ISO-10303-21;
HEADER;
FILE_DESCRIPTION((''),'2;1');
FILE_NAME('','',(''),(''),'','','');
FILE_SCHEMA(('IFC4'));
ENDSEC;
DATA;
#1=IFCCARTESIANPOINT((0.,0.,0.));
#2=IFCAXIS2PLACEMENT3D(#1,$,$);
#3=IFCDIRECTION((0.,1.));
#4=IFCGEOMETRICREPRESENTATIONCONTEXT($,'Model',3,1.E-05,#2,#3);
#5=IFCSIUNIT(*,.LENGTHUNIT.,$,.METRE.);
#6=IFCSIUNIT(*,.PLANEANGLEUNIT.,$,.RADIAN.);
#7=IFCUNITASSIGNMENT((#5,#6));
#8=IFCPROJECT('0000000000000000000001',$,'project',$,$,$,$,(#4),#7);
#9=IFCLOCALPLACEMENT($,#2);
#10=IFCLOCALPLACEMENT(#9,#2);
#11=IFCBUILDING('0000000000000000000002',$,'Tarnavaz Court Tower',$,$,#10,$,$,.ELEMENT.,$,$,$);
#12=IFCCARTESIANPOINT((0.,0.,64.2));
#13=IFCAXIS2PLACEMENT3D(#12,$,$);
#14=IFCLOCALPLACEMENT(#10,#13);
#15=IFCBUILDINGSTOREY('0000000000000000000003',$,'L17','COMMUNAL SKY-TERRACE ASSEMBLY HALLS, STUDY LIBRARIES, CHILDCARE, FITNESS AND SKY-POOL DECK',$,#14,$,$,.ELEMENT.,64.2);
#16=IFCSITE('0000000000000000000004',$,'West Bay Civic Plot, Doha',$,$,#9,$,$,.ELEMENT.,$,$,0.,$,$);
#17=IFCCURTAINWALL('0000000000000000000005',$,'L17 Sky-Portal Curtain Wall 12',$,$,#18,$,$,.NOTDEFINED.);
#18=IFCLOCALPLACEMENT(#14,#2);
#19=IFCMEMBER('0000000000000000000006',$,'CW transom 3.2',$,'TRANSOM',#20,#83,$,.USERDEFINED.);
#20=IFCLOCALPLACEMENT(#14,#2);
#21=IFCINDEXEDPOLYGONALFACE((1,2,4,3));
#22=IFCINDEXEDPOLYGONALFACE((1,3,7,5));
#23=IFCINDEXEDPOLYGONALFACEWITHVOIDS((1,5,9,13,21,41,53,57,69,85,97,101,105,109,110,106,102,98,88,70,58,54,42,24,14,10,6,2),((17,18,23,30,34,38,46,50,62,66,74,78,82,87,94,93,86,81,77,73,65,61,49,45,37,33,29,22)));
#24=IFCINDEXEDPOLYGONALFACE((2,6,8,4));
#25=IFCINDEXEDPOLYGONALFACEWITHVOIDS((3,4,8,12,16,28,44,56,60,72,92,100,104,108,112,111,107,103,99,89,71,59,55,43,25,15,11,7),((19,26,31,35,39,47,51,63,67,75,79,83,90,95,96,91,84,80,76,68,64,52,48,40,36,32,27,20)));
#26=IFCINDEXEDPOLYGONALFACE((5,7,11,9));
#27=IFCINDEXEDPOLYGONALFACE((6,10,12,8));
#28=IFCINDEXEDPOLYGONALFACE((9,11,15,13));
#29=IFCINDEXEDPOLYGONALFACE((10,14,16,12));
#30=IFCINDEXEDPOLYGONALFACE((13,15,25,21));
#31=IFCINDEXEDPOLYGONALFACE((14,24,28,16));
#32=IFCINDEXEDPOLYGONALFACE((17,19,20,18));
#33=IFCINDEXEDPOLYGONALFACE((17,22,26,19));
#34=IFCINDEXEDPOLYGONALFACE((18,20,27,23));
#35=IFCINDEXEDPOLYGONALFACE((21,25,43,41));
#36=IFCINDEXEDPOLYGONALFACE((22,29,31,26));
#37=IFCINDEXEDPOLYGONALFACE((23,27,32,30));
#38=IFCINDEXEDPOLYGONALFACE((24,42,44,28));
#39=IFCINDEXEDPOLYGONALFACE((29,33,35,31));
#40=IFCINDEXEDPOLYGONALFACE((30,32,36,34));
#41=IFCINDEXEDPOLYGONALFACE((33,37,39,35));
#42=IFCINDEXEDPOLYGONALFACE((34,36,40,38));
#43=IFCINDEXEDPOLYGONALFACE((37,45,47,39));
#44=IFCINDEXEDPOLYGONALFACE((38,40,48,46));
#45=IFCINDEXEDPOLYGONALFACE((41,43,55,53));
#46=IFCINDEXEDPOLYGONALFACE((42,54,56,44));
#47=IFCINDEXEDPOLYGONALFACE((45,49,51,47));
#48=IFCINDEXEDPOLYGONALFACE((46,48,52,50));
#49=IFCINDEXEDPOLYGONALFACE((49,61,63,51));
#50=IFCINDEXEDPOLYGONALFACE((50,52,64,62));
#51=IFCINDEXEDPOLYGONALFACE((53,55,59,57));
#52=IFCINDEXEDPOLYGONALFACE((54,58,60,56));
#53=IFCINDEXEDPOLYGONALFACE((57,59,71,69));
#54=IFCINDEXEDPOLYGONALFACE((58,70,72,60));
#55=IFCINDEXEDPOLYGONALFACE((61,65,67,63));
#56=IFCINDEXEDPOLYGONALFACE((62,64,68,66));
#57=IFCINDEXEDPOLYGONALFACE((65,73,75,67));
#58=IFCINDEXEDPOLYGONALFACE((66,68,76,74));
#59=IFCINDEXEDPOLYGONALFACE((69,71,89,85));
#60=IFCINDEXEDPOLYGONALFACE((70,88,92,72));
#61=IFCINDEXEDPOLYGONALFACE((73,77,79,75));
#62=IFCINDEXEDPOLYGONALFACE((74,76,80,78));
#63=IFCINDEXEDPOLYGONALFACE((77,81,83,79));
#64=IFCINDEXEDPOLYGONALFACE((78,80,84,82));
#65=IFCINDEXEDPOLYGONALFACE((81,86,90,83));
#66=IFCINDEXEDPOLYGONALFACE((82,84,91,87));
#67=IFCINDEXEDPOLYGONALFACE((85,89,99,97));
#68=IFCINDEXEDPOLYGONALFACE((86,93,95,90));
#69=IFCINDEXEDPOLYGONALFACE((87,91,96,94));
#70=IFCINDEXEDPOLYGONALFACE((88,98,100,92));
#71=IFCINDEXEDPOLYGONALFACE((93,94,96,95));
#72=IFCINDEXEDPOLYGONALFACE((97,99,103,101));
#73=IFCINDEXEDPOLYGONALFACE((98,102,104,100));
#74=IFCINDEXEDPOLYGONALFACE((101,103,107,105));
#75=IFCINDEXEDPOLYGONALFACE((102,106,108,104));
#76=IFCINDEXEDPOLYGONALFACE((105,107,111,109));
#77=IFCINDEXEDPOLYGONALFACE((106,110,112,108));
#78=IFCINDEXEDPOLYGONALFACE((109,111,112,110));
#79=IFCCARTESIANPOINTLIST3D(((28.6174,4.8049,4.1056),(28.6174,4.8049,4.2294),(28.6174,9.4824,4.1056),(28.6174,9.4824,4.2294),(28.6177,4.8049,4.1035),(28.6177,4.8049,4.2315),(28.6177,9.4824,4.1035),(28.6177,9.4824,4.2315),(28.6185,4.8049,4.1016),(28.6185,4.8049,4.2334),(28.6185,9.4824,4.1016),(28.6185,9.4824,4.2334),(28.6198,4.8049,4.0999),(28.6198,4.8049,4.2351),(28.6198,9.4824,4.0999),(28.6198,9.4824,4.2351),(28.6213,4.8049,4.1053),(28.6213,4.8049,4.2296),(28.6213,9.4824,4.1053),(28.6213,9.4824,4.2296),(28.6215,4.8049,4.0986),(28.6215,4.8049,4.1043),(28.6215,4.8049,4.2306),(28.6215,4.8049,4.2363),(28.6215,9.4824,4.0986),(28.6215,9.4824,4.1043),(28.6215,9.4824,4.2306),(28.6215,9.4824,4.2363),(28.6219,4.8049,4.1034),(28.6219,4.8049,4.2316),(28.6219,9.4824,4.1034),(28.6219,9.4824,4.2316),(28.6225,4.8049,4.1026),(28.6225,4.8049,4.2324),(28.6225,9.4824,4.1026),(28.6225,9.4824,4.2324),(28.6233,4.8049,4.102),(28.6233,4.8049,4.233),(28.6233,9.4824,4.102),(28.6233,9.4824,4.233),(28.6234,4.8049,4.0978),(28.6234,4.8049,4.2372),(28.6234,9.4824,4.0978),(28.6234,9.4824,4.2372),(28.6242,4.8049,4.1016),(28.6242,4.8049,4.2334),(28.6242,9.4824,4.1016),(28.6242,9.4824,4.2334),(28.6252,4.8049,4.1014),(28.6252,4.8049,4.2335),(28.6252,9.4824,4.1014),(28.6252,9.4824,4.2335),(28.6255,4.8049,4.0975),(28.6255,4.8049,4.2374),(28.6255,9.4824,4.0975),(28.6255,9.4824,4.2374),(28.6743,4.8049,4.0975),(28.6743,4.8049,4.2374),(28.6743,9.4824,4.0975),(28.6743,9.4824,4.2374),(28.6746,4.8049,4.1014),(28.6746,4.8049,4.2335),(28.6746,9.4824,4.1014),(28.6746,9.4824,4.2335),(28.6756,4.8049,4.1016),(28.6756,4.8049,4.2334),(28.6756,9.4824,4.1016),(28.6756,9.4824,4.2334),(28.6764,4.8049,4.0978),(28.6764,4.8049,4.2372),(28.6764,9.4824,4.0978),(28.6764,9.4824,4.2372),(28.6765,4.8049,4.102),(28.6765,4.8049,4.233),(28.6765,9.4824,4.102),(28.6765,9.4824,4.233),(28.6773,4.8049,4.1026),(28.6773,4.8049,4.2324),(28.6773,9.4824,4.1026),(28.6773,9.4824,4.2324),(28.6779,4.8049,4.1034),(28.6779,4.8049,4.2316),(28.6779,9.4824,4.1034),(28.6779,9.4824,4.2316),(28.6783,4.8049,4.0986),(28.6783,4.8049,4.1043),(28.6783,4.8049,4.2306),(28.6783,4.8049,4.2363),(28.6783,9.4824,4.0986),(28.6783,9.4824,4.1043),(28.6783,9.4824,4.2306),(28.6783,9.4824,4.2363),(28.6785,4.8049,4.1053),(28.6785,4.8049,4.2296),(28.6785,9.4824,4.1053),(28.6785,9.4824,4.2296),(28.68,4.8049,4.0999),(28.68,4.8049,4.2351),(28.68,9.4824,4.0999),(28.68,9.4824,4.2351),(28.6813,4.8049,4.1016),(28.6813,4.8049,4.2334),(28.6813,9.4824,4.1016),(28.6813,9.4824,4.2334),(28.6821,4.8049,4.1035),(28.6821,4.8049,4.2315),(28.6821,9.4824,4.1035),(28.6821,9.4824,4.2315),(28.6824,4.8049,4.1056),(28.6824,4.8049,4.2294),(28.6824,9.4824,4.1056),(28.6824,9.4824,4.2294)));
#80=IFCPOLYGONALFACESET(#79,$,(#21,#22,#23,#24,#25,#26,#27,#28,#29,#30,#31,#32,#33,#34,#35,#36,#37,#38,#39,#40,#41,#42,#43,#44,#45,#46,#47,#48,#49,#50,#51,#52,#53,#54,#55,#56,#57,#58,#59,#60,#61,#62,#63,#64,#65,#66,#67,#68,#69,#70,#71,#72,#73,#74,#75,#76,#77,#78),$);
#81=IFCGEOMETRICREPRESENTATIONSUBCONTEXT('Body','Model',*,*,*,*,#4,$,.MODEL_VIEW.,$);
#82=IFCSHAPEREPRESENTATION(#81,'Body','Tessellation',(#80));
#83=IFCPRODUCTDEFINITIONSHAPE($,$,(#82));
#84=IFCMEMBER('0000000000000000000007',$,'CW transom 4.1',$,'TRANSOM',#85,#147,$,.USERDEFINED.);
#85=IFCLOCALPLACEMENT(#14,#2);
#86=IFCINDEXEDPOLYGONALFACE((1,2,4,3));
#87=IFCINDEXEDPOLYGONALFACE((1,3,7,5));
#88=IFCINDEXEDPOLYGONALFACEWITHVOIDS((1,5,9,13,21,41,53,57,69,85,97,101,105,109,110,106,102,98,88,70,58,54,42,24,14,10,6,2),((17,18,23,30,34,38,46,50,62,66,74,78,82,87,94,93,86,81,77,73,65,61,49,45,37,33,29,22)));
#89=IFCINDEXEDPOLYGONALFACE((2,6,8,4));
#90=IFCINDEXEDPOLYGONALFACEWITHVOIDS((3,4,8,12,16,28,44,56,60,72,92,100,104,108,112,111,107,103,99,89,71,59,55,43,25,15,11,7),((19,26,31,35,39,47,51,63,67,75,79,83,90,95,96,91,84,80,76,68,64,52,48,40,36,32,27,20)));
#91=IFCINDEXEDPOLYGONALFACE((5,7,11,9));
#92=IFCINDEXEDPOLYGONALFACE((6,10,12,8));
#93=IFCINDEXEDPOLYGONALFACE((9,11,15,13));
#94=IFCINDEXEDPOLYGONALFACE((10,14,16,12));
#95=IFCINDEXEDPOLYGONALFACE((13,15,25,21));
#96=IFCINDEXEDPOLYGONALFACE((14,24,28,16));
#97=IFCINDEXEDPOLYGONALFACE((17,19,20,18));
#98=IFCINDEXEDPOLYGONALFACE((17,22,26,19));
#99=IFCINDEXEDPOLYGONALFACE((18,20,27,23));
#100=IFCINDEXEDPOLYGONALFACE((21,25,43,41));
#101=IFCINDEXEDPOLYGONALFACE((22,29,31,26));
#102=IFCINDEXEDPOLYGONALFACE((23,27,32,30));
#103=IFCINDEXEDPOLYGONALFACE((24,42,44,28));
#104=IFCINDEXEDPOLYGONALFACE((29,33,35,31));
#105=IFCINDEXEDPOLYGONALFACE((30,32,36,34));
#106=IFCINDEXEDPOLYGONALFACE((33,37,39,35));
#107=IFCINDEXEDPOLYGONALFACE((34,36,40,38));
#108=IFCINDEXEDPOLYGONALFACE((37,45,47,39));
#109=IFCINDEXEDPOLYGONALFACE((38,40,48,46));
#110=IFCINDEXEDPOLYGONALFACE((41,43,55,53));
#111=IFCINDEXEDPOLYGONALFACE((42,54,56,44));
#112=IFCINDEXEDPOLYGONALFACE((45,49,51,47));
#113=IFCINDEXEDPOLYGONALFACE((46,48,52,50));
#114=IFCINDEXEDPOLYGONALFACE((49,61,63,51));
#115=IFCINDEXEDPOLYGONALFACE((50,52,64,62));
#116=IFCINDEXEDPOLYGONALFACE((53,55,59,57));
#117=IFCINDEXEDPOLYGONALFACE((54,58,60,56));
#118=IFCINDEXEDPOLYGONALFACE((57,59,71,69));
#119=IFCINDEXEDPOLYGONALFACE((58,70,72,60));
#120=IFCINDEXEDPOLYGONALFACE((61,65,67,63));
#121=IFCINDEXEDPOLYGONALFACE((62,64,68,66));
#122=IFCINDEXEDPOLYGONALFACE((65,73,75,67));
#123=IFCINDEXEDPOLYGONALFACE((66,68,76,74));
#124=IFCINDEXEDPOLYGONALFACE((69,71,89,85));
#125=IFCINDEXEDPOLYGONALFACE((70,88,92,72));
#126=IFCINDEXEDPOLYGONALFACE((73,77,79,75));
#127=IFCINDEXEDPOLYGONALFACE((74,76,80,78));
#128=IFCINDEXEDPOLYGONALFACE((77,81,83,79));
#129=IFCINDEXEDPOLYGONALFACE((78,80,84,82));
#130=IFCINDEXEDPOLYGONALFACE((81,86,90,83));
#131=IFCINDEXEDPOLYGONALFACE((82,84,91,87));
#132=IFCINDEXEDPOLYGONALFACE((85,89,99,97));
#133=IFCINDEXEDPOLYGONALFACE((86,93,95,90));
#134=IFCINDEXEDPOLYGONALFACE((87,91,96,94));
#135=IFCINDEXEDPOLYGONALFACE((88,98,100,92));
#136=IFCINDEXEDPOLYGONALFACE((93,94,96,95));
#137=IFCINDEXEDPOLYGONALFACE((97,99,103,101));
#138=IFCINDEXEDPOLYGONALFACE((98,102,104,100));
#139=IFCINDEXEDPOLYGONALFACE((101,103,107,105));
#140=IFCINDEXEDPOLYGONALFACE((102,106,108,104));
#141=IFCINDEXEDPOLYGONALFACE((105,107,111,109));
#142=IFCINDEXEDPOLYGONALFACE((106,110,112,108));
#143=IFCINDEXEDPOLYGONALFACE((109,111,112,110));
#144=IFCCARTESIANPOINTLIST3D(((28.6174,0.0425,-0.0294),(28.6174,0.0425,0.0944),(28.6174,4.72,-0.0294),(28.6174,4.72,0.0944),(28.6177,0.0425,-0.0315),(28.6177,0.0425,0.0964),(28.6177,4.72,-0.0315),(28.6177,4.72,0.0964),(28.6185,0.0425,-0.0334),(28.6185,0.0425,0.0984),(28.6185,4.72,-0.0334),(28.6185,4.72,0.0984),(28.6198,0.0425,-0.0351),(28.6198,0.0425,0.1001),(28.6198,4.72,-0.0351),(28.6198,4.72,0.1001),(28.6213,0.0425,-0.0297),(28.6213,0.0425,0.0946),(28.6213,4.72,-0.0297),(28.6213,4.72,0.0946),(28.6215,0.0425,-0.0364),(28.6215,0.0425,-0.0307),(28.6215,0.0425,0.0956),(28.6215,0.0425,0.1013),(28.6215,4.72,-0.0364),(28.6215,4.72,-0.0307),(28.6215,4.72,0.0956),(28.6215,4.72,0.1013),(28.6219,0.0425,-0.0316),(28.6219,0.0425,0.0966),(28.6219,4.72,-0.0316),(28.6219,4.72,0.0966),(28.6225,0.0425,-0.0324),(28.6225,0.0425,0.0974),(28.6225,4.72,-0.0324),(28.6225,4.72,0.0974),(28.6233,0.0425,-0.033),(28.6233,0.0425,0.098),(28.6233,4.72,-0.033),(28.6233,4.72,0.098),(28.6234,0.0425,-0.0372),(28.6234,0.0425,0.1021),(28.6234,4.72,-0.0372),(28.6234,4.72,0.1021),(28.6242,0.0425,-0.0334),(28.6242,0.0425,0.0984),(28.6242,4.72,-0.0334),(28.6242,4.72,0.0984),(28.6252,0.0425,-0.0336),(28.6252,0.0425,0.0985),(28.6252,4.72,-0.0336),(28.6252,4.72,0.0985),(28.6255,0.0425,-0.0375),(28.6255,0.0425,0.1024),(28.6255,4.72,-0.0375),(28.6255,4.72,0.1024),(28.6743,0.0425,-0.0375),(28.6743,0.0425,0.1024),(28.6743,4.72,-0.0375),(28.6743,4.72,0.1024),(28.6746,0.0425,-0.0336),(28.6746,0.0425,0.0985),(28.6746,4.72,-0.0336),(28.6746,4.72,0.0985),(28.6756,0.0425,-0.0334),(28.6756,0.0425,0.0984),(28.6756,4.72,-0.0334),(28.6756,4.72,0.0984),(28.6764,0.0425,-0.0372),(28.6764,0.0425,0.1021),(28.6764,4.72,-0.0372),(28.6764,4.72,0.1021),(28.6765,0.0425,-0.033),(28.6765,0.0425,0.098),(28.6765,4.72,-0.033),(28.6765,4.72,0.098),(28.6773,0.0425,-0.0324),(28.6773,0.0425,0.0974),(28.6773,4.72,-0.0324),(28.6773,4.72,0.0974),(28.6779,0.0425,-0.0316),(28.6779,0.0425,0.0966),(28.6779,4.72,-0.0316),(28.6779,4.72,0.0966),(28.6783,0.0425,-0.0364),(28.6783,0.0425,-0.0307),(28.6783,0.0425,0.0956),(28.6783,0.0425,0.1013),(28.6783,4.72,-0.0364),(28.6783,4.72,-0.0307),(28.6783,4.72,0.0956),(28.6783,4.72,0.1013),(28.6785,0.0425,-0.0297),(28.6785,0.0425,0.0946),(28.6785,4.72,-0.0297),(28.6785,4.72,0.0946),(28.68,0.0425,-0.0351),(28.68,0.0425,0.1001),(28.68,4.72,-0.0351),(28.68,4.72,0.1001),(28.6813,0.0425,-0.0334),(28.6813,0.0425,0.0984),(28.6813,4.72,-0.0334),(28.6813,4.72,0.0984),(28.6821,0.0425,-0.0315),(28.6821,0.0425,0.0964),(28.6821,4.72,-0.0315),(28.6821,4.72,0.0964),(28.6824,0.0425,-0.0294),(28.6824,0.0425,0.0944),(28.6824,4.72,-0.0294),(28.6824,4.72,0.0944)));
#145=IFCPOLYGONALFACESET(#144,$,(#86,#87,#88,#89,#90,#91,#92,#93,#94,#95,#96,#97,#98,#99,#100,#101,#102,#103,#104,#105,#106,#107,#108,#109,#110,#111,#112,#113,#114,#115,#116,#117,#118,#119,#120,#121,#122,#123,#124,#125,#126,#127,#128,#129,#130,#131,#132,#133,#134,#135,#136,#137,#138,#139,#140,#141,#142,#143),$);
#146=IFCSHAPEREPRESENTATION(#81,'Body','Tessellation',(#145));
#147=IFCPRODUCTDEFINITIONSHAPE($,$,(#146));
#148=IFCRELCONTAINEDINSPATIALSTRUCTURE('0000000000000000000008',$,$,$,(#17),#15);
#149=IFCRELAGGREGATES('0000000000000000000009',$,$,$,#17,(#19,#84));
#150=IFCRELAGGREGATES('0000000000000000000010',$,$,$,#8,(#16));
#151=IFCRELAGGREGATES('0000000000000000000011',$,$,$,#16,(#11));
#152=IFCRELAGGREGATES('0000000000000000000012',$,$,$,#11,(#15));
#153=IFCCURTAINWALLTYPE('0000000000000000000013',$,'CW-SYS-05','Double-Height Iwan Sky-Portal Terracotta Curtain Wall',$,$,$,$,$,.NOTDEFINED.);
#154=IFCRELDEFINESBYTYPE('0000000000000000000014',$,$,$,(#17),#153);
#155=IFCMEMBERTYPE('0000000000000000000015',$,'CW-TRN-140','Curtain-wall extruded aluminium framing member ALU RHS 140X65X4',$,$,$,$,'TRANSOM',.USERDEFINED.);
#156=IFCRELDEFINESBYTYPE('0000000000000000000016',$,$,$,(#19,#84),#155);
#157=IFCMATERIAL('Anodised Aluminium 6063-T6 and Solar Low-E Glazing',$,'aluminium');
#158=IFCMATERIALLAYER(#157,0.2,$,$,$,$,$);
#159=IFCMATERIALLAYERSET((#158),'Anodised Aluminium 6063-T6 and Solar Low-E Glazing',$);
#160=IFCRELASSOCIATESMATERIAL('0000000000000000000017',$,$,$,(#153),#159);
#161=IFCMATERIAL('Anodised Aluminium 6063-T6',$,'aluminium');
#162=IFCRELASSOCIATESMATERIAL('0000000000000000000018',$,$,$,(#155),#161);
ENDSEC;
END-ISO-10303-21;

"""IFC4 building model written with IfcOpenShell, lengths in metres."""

from ifc_helpers import new_model, si_unit, direction, frame, origin, origin_2d, place, context, subcontext, project, spatial, hollow_rectangle, extrude, material, layer, layer_set, material_profile, profile_set, type_object, element, aggregate, save


model = new_model("IFC4")

# Units and contexts
model_context = context("Model", 3, precision=1e-05, world=origin(), true_north=direction((0.0, 1.0)))
body_context = subcontext(model_context, "Body", "Model", "MODEL_VIEW")
ifc_project = project(units=[si_unit("LENGTHUNIT", "METRE"), si_unit("PLANEANGLEUNIT", "RADIAN")], contexts=[model_context])

# Site, building, storey
site_placement = place(None, origin())
site = spatial("IfcSite", under=ifc_project, at=site_placement, Name="West Bay Civic Plot, Doha", CompositionType="ELEMENT", RefElevation=0.0)
building_placement = place(site_placement, origin())
building = spatial("IfcBuilding", under=site, at=building_placement, Name="Tarnavaz Court Tower", CompositionType="ELEMENT")
storey_placement = place(building_placement, frame((0.0, 0.0, 64.2)))
storey = spatial("IfcBuildingStorey", under=building, at=storey_placement, Name="L17", Description="COMMUNAL SKY-TERRACE ASSEMBLY HALLS, STUDY LIBRARIES, CHILDCARE, FITNESS AND SKY-POOL DECK", CompositionType="ELEMENT", Elevation=64.2)

# Curtain wall, members
ifc_material_1 = material(Name="Anodised Aluminium 6063-T6 and Solar Low-E Glazing", Category="aluminium")
ifc_layer_1 = layer(ifc_material_1, 0.2)
ifc_layer_set_1 = layer_set([ifc_layer_1], Name="Anodised Aluminium 6063-T6 and Solar Low-E Glazing")
curtain_wall_type = type_object("IfcCurtainWallType", Name="CW-SYS-05", Description="Double-Height Iwan Sky-Portal Terracotta Curtain Wall", PredefinedType="NOTDEFINED", material=ifc_layer_set_1)
curtain_wall_placement = place(storey_placement, origin())
curtain_wall = element("IfcCurtainWall", 1, at=curtain_wall_placement, inside=storey, type_object=curtain_wall_type, Name="L17 Sky-Portal Curtain Wall 12", PredefinedType="NOTDEFINED")
ifc_material_2 = material(Name="Anodised Aluminium 6063-T6", Category="aluminium")
ifc_material_profile_1 = material_profile(ifc_material_2, hollow_rectangle(XDim=0.0649, YDim=0.1399, WallThickness=0.0039, InnerFilletRadius=0.0039, OuterFilletRadius=0.0081, at=origin_2d()), Name="ALU RHS 140X65X4")
ifc_profile_set_1 = profile_set([ifc_material_profile_1], Name="Anodised Aluminium 6063-T6")
member_type_1 = type_object("IfcMemberType", Name="CW-TRN-140", Description="Curtain-wall extruded aluminium framing member ALU RHS 140X65X4", ElementType="TRANSOM", PredefinedType="USERDEFINED", material=ifc_profile_set_1)
member_1_placement = place(storey_placement, frame((28.6499, 9.4824, 4.1675), z_axis=(0.0, -1.0, 0.0), x_axis=(1.0, 0.0, 0.0)))
member_1 = element("IfcMember", 2, at=member_1_placement, type_object=member_type_1, Name="CW transom 3.2", ObjectType="TRANSOM", PredefinedType="USERDEFINED", context=body_context, shape_type="SweptSolid", body=[
    extrude(hollow_rectangle(XDim=0.0649, YDim=0.1399, WallThickness=0.0039, InnerFilletRadius=0.0039, OuterFilletRadius=0.0081, at=origin_2d()), origin(), (0.0, 0.0, 1.0), 4.6775),
])
member_2_placement = place(storey_placement, frame((28.6499, 4.72, 0.0325), z_axis=(0.0, -1.0, 0.0), x_axis=(1.0, 0.0, 0.0)))
member_2 = element("IfcMember", 3, at=member_2_placement, type_object=member_type_1, Name="CW transom 4.1", ObjectType="TRANSOM", PredefinedType="USERDEFINED", context=body_context, shape_type="SweptSolid", body=[
    extrude(hollow_rectangle(XDim=0.0649, YDim=0.1399, WallThickness=0.0039, InnerFilletRadius=0.0039, OuterFilletRadius=0.0081, at=origin_2d()), origin(), (0.0, 0.0, 1.0), 4.6775),
])
aggregate(curtain_wall, [member_1, member_2])

save(model, "model.ifc")
